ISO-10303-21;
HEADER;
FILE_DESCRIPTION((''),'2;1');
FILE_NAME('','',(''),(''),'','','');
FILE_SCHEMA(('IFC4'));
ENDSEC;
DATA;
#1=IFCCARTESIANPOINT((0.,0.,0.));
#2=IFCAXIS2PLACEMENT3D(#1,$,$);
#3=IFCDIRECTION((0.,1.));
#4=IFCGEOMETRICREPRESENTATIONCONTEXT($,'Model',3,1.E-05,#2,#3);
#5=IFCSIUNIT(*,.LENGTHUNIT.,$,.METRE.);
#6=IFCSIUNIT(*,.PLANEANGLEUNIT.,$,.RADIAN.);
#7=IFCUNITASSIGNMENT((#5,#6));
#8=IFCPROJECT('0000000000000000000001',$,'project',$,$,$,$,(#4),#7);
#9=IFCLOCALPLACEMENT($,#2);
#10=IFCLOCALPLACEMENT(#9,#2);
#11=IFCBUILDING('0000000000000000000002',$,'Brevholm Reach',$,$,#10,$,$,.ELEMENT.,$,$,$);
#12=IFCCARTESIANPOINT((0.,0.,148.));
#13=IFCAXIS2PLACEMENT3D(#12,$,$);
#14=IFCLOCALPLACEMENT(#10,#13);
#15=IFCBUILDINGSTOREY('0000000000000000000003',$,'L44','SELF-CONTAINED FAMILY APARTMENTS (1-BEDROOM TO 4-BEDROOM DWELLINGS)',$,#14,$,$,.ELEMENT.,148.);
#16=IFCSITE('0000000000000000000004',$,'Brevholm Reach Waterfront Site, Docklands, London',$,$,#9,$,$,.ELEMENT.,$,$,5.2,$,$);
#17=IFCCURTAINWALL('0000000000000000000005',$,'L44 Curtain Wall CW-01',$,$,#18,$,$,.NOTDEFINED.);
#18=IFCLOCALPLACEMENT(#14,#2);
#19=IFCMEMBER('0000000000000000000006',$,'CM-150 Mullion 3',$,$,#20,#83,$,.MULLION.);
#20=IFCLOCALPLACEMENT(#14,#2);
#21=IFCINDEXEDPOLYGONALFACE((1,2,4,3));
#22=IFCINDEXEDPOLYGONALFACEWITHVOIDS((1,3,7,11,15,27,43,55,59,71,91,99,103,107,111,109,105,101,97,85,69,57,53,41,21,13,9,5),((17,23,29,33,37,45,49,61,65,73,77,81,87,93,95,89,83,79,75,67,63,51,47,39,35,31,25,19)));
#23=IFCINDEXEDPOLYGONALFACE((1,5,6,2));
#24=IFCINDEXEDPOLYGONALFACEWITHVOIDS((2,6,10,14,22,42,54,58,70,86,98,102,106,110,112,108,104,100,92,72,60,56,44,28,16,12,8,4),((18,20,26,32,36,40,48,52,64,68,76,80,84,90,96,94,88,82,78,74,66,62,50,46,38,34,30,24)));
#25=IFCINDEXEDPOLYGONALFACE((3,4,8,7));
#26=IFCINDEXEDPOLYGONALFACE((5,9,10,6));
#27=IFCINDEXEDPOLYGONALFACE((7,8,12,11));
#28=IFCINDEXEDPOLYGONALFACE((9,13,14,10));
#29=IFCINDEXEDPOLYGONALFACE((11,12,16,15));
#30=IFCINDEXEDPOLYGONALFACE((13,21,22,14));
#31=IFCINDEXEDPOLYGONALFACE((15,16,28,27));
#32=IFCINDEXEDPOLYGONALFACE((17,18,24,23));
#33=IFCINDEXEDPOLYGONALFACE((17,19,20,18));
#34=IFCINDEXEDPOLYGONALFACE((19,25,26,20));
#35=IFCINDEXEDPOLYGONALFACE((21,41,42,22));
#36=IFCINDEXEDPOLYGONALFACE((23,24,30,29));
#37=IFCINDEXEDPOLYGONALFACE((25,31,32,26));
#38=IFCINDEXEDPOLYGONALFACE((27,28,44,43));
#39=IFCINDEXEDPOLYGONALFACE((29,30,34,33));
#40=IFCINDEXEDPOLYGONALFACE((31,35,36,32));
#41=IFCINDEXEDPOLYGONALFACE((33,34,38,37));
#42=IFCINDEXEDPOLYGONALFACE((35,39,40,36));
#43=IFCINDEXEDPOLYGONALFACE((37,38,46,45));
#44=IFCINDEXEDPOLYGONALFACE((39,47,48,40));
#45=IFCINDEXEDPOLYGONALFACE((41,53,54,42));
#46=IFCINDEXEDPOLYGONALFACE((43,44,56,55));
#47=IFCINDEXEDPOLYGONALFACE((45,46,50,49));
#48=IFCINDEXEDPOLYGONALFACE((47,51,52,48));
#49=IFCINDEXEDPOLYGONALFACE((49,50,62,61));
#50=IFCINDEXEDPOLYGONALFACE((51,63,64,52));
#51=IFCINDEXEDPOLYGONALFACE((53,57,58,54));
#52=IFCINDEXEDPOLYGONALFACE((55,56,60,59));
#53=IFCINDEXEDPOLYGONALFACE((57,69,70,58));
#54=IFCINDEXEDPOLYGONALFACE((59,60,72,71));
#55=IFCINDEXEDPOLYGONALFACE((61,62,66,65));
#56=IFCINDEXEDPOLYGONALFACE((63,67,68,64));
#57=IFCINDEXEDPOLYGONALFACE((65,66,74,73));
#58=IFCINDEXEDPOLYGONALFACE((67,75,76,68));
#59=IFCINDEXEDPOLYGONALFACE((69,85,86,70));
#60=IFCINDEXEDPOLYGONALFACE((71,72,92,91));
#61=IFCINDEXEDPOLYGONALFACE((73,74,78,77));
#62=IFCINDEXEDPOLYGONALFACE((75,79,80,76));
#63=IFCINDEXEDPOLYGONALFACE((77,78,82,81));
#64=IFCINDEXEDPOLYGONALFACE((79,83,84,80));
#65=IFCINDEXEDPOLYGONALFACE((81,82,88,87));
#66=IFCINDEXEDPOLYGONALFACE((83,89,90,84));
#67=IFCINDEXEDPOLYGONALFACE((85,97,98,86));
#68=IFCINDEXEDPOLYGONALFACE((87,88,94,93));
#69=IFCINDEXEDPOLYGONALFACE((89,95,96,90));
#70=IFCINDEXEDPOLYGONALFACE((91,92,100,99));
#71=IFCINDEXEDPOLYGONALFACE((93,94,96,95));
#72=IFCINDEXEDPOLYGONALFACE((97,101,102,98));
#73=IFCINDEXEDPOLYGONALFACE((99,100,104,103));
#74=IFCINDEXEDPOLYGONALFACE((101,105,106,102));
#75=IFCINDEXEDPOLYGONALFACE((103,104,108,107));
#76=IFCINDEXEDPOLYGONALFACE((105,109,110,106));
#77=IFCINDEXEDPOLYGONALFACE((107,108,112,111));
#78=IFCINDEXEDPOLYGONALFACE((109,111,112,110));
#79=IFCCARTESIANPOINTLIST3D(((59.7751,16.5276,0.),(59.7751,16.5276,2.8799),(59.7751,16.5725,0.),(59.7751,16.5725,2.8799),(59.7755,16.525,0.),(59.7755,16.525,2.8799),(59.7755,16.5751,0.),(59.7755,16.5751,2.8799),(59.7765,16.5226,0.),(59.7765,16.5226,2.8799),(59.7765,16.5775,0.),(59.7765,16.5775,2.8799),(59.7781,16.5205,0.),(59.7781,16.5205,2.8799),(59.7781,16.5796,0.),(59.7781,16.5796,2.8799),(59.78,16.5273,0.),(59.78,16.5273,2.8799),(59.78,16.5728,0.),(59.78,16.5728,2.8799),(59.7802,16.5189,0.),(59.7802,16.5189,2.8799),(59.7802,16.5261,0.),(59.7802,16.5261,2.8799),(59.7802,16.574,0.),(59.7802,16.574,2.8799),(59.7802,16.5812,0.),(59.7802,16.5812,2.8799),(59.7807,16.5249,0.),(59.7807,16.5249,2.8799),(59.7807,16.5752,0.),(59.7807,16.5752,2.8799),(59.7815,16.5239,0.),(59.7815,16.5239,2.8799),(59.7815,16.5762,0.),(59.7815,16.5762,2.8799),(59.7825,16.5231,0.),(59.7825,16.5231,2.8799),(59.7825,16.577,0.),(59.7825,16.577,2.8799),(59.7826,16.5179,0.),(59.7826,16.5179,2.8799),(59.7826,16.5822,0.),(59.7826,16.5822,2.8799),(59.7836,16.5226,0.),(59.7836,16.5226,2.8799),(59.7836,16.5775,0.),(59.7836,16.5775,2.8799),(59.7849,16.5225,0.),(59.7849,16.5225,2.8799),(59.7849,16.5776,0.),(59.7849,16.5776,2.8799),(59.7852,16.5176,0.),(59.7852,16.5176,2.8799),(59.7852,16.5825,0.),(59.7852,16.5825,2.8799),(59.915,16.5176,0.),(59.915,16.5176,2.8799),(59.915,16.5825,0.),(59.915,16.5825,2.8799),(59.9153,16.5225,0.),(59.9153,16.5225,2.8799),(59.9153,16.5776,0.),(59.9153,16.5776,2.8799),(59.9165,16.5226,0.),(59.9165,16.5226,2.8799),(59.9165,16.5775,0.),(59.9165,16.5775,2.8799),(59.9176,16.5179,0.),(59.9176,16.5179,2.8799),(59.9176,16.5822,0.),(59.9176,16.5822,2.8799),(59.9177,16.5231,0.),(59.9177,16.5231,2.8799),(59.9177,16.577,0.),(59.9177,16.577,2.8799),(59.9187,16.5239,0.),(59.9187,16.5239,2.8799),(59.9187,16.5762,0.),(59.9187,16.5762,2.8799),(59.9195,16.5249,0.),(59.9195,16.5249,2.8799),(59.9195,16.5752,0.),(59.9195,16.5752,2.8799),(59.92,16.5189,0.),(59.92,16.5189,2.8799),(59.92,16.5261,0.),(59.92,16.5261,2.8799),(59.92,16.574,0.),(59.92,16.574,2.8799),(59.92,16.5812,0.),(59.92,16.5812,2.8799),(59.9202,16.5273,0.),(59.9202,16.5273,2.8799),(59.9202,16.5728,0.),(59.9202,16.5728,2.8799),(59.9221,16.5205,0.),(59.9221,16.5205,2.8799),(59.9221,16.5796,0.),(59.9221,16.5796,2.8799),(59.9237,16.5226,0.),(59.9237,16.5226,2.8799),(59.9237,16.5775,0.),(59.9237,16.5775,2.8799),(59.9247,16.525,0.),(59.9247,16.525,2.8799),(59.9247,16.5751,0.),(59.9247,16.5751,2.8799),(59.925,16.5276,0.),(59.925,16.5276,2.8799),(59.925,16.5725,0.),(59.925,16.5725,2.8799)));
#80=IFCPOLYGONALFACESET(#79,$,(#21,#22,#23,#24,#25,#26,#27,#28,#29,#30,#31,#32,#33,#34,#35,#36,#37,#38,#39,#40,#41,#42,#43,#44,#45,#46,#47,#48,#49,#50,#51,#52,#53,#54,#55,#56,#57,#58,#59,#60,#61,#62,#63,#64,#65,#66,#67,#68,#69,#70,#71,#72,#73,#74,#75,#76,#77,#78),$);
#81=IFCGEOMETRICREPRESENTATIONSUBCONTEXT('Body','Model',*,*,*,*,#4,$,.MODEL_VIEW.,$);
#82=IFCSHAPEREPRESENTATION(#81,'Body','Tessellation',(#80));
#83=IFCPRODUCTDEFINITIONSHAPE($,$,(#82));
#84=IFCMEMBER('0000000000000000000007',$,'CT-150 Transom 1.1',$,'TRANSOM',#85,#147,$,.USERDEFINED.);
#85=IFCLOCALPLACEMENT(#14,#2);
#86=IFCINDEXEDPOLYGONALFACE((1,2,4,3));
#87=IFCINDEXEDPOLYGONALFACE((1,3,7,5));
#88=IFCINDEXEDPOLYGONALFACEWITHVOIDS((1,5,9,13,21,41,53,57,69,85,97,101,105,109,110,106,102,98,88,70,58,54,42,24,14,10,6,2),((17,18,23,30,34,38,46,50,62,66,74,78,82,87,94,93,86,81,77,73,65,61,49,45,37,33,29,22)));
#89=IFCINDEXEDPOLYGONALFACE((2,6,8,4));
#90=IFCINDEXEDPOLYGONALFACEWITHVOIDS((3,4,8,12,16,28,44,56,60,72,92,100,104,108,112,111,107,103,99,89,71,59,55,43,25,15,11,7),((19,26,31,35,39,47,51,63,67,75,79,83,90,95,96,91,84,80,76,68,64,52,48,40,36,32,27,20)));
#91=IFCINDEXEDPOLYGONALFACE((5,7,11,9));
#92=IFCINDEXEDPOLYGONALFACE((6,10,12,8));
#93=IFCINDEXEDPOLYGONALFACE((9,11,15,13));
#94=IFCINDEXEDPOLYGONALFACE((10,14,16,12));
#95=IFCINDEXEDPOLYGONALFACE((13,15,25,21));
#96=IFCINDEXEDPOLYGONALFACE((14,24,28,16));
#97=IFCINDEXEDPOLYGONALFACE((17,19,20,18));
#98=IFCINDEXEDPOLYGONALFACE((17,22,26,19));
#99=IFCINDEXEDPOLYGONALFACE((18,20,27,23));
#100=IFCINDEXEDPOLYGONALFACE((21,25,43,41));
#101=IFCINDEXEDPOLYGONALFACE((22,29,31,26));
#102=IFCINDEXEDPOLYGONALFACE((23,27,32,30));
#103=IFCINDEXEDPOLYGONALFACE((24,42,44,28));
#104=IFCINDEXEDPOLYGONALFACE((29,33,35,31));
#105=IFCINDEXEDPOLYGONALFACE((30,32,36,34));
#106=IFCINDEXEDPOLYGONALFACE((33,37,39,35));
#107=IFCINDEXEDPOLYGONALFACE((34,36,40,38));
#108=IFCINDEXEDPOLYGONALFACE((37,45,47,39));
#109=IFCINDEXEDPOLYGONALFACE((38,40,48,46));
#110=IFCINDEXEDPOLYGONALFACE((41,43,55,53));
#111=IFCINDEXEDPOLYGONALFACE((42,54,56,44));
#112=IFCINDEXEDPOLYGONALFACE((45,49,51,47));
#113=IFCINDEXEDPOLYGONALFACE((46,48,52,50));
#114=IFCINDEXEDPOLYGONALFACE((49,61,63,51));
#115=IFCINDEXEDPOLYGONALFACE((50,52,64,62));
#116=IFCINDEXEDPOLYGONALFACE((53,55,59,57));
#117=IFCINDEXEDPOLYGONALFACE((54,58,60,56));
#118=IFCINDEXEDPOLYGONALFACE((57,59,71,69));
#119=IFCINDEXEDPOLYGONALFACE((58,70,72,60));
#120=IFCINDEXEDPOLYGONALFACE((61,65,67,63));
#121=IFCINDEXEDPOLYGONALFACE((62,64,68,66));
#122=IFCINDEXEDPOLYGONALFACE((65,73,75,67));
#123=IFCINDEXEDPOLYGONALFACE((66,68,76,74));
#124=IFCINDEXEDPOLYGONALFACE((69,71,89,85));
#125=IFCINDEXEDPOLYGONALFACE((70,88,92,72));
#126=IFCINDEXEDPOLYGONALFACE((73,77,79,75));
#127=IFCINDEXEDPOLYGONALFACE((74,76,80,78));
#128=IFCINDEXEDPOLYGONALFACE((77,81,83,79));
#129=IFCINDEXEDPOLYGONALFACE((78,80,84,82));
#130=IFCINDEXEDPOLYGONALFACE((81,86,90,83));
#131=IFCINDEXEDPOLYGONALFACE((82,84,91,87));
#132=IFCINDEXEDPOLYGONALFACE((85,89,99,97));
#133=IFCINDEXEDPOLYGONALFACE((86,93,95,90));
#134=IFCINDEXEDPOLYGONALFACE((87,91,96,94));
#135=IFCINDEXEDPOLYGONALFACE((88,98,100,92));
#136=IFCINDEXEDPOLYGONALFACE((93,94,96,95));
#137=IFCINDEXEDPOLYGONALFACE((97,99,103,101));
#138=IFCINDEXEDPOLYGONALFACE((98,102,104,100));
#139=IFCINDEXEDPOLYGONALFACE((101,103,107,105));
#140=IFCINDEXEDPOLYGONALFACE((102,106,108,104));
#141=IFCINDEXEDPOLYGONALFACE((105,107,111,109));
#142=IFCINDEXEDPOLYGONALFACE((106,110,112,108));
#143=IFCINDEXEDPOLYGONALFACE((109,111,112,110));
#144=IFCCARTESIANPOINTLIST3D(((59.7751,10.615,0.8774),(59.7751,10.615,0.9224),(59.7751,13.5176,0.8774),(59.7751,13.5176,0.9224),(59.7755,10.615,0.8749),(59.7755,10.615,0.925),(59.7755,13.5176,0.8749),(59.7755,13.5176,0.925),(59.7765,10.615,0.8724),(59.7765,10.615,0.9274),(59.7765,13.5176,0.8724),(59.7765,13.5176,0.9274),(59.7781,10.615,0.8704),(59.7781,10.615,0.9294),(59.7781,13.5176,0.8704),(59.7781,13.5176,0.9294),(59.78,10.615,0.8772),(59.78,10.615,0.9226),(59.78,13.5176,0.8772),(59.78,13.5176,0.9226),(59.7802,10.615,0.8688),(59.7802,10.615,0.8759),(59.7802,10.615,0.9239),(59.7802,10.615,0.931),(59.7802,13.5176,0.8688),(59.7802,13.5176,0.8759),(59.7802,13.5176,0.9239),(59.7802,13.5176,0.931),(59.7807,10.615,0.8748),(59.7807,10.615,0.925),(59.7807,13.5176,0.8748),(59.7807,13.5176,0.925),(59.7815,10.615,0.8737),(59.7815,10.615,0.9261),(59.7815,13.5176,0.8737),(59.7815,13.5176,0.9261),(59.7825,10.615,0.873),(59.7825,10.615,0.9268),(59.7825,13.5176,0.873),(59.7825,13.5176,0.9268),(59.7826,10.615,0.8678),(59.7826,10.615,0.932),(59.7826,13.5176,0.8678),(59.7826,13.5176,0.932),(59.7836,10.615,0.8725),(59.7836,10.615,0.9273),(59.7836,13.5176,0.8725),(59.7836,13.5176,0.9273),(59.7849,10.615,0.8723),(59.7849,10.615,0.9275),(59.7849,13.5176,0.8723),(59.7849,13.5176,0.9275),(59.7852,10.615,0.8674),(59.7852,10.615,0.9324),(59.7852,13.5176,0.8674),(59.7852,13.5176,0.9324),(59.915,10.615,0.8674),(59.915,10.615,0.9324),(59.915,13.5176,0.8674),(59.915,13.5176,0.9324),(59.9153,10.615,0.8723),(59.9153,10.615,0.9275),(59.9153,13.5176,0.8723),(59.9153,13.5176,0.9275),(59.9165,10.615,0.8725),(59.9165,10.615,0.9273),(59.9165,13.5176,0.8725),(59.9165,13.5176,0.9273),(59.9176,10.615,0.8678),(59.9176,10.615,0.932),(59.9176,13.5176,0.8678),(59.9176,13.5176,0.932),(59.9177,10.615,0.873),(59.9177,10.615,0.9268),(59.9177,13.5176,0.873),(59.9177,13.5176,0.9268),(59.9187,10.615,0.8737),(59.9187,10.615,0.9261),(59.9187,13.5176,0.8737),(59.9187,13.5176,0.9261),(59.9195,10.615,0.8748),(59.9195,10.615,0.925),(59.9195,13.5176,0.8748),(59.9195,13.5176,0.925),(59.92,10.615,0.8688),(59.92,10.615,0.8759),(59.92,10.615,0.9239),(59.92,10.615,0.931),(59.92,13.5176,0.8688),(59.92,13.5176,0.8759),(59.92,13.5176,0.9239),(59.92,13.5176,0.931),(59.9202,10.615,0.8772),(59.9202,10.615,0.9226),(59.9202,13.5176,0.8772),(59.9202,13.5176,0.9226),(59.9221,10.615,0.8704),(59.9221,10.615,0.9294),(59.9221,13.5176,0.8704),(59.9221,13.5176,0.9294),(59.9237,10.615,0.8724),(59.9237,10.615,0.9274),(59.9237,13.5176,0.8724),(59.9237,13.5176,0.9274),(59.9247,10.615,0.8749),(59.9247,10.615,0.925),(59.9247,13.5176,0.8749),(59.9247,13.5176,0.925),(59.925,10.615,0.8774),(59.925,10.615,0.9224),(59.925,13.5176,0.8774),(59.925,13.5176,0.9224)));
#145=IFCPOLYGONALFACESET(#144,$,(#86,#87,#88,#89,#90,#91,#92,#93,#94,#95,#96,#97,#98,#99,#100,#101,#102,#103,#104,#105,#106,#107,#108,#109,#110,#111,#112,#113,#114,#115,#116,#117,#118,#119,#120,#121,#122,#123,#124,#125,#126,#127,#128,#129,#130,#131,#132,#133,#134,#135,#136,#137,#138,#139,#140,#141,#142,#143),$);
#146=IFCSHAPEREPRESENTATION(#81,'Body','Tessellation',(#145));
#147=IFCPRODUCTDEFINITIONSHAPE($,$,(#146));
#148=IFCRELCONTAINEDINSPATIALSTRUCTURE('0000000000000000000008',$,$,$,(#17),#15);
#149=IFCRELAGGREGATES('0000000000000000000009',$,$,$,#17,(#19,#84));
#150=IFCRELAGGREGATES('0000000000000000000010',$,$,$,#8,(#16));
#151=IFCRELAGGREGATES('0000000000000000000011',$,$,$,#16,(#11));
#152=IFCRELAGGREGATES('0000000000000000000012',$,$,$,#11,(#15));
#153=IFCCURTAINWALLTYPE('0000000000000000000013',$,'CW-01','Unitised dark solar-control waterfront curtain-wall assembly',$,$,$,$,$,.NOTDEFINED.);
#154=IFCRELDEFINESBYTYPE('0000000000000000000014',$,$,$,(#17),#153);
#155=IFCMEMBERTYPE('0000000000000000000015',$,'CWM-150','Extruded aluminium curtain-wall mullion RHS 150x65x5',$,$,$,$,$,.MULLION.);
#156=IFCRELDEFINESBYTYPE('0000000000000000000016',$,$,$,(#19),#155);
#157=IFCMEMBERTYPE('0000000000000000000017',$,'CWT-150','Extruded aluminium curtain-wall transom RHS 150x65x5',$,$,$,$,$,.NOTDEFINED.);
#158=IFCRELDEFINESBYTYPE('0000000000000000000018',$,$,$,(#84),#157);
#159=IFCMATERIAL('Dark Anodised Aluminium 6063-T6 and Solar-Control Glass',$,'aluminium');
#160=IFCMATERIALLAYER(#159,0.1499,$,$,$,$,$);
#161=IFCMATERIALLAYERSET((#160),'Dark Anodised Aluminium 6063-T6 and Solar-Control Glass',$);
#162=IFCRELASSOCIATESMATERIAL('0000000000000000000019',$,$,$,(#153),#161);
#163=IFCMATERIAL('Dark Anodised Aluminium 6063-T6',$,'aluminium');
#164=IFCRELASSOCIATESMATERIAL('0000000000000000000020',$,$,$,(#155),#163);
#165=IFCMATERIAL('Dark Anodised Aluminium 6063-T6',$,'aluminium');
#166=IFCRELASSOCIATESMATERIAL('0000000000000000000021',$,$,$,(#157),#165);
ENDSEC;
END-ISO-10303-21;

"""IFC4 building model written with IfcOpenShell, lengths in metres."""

from ifc_helpers import new_model, si_unit, direction, frame, origin, origin_2d, place, context, subcontext, project, spatial, hollow_rectangle, extrude, material, layer, layer_set, material_profile, profile_set, type_object, element, aggregate, save


model = new_model("IFC4")

# Units and contexts
model_context = context("Model", 3, precision=1e-05, world=origin(), true_north=direction((0.0, 1.0)))
body_context = subcontext(model_context, "Body", "Model", "MODEL_VIEW")
ifc_project = project(units=[si_unit("LENGTHUNIT", "METRE"), si_unit("PLANEANGLEUNIT", "RADIAN")], contexts=[model_context])

# Site, building, storey
site_placement = place(None, origin())
site = spatial("IfcSite", under=ifc_project, at=site_placement, Name="Brevholm Reach Waterfront Site, Docklands, London", CompositionType="ELEMENT", RefElevation=5.2)
building_placement = place(site_placement, origin())
building = spatial("IfcBuilding", under=site, at=building_placement, Name="Brevholm Reach", CompositionType="ELEMENT")
storey_placement = place(building_placement, frame((0.0, 0.0, 148.0)))
storey = spatial("IfcBuildingStorey", under=building, at=storey_placement, Name="L44", Description="SELF-CONTAINED FAMILY APARTMENTS (1-BEDROOM TO 4-BEDROOM DWELLINGS)", CompositionType="ELEMENT", Elevation=148.0)

# Curtain wall, members
ifc_material_1 = material(Name="Dark Anodised Aluminium 6063-T6 and Solar-Control Glass", Category="aluminium")
ifc_layer_1 = layer(ifc_material_1, 0.1499)
ifc_layer_set_1 = layer_set([ifc_layer_1], Name="Dark Anodised Aluminium 6063-T6 and Solar-Control Glass")
curtain_wall_type = type_object("IfcCurtainWallType", Name="CW-01", Description="Unitised dark solar-control waterfront curtain-wall assembly", PredefinedType="NOTDEFINED", material=ifc_layer_set_1)
curtain_wall_placement = place(storey_placement, origin())
curtain_wall = element("IfcCurtainWall", 1, at=curtain_wall_placement, inside=storey, type_object=curtain_wall_type, Name="L44 Curtain Wall CW-01", PredefinedType="NOTDEFINED")
ifc_material_2 = material(Name="Dark Anodised Aluminium 6063-T6", Category="aluminium")
ifc_material_profile_1 = material_profile(ifc_material_2, hollow_rectangle(XDim=0.0649, YDim=0.1499, WallThickness=0.0049, InnerFilletRadius=0.0049, OuterFilletRadius=0.01, at=origin_2d()), Name="RHS 150x65x5")
ifc_profile_set_1 = profile_set([ifc_material_profile_1], Name="Dark Anodised Aluminium 6063-T6")
member_type_1 = type_object("IfcMemberType", Name="CWM-150", Description="Extruded aluminium curtain-wall mullion RHS 150x65x5", PredefinedType="MULLION", material=ifc_profile_set_1)
member_1_placement = place(storey_placement, frame((59.8501, 16.55, 0.0), z_axis=(0.0, 0.0, 1.0), x_axis=(0.0, 1.0, 0.0)))
member_1 = element("IfcMember", 2, at=member_1_placement, type_object=member_type_1, Name="CM-150 Mullion 3", PredefinedType="MULLION", context=body_context, shape_type="SweptSolid", body=[
    extrude(hollow_rectangle(XDim=0.0649, YDim=0.1499, WallThickness=0.0049, InnerFilletRadius=0.0049, OuterFilletRadius=0.01, at=origin_2d()), origin(), (0.0, 0.0, 1.0), 2.8799),
])
ifc_material_3 = material(Name="Dark Anodised Aluminium 6063-T6", Category="aluminium")
ifc_material_profile_2 = material_profile(ifc_material_3, hollow_rectangle(XDim=0.0649, YDim=0.1499, WallThickness=0.0049, InnerFilletRadius=0.0049, OuterFilletRadius=0.01, at=origin_2d()), Name="RHS 150x65x5")
ifc_profile_set_2 = profile_set([ifc_material_profile_2], Name="Dark Anodised Aluminium 6063-T6")
member_type_2 = type_object("IfcMemberType", Name="CWT-150", Description="Extruded aluminium curtain-wall transom RHS 150x65x5", PredefinedType="NOTDEFINED", material=ifc_profile_set_2)
member_2_placement = place(storey_placement, frame((59.8501, 10.615, 0.8999), z_axis=(0.0, 1.0, 0.0), x_axis=(0.0, 0.0, 1.0)))
member_2 = element("IfcMember", 3, at=member_2_placement, type_object=member_type_2, Name="CT-150 Transom 1.1", ObjectType="TRANSOM", PredefinedType="USERDEFINED", context=body_context, shape_type="SweptSolid", body=[
    extrude(hollow_rectangle(XDim=0.0649, YDim=0.1499, WallThickness=0.0049, InnerFilletRadius=0.0049, OuterFilletRadius=0.01, at=origin_2d()), origin(), (0.0, 0.0, 1.0), 2.9026),
])
aggregate(curtain_wall, [member_1, member_2])

save(model, "model.ifc")
